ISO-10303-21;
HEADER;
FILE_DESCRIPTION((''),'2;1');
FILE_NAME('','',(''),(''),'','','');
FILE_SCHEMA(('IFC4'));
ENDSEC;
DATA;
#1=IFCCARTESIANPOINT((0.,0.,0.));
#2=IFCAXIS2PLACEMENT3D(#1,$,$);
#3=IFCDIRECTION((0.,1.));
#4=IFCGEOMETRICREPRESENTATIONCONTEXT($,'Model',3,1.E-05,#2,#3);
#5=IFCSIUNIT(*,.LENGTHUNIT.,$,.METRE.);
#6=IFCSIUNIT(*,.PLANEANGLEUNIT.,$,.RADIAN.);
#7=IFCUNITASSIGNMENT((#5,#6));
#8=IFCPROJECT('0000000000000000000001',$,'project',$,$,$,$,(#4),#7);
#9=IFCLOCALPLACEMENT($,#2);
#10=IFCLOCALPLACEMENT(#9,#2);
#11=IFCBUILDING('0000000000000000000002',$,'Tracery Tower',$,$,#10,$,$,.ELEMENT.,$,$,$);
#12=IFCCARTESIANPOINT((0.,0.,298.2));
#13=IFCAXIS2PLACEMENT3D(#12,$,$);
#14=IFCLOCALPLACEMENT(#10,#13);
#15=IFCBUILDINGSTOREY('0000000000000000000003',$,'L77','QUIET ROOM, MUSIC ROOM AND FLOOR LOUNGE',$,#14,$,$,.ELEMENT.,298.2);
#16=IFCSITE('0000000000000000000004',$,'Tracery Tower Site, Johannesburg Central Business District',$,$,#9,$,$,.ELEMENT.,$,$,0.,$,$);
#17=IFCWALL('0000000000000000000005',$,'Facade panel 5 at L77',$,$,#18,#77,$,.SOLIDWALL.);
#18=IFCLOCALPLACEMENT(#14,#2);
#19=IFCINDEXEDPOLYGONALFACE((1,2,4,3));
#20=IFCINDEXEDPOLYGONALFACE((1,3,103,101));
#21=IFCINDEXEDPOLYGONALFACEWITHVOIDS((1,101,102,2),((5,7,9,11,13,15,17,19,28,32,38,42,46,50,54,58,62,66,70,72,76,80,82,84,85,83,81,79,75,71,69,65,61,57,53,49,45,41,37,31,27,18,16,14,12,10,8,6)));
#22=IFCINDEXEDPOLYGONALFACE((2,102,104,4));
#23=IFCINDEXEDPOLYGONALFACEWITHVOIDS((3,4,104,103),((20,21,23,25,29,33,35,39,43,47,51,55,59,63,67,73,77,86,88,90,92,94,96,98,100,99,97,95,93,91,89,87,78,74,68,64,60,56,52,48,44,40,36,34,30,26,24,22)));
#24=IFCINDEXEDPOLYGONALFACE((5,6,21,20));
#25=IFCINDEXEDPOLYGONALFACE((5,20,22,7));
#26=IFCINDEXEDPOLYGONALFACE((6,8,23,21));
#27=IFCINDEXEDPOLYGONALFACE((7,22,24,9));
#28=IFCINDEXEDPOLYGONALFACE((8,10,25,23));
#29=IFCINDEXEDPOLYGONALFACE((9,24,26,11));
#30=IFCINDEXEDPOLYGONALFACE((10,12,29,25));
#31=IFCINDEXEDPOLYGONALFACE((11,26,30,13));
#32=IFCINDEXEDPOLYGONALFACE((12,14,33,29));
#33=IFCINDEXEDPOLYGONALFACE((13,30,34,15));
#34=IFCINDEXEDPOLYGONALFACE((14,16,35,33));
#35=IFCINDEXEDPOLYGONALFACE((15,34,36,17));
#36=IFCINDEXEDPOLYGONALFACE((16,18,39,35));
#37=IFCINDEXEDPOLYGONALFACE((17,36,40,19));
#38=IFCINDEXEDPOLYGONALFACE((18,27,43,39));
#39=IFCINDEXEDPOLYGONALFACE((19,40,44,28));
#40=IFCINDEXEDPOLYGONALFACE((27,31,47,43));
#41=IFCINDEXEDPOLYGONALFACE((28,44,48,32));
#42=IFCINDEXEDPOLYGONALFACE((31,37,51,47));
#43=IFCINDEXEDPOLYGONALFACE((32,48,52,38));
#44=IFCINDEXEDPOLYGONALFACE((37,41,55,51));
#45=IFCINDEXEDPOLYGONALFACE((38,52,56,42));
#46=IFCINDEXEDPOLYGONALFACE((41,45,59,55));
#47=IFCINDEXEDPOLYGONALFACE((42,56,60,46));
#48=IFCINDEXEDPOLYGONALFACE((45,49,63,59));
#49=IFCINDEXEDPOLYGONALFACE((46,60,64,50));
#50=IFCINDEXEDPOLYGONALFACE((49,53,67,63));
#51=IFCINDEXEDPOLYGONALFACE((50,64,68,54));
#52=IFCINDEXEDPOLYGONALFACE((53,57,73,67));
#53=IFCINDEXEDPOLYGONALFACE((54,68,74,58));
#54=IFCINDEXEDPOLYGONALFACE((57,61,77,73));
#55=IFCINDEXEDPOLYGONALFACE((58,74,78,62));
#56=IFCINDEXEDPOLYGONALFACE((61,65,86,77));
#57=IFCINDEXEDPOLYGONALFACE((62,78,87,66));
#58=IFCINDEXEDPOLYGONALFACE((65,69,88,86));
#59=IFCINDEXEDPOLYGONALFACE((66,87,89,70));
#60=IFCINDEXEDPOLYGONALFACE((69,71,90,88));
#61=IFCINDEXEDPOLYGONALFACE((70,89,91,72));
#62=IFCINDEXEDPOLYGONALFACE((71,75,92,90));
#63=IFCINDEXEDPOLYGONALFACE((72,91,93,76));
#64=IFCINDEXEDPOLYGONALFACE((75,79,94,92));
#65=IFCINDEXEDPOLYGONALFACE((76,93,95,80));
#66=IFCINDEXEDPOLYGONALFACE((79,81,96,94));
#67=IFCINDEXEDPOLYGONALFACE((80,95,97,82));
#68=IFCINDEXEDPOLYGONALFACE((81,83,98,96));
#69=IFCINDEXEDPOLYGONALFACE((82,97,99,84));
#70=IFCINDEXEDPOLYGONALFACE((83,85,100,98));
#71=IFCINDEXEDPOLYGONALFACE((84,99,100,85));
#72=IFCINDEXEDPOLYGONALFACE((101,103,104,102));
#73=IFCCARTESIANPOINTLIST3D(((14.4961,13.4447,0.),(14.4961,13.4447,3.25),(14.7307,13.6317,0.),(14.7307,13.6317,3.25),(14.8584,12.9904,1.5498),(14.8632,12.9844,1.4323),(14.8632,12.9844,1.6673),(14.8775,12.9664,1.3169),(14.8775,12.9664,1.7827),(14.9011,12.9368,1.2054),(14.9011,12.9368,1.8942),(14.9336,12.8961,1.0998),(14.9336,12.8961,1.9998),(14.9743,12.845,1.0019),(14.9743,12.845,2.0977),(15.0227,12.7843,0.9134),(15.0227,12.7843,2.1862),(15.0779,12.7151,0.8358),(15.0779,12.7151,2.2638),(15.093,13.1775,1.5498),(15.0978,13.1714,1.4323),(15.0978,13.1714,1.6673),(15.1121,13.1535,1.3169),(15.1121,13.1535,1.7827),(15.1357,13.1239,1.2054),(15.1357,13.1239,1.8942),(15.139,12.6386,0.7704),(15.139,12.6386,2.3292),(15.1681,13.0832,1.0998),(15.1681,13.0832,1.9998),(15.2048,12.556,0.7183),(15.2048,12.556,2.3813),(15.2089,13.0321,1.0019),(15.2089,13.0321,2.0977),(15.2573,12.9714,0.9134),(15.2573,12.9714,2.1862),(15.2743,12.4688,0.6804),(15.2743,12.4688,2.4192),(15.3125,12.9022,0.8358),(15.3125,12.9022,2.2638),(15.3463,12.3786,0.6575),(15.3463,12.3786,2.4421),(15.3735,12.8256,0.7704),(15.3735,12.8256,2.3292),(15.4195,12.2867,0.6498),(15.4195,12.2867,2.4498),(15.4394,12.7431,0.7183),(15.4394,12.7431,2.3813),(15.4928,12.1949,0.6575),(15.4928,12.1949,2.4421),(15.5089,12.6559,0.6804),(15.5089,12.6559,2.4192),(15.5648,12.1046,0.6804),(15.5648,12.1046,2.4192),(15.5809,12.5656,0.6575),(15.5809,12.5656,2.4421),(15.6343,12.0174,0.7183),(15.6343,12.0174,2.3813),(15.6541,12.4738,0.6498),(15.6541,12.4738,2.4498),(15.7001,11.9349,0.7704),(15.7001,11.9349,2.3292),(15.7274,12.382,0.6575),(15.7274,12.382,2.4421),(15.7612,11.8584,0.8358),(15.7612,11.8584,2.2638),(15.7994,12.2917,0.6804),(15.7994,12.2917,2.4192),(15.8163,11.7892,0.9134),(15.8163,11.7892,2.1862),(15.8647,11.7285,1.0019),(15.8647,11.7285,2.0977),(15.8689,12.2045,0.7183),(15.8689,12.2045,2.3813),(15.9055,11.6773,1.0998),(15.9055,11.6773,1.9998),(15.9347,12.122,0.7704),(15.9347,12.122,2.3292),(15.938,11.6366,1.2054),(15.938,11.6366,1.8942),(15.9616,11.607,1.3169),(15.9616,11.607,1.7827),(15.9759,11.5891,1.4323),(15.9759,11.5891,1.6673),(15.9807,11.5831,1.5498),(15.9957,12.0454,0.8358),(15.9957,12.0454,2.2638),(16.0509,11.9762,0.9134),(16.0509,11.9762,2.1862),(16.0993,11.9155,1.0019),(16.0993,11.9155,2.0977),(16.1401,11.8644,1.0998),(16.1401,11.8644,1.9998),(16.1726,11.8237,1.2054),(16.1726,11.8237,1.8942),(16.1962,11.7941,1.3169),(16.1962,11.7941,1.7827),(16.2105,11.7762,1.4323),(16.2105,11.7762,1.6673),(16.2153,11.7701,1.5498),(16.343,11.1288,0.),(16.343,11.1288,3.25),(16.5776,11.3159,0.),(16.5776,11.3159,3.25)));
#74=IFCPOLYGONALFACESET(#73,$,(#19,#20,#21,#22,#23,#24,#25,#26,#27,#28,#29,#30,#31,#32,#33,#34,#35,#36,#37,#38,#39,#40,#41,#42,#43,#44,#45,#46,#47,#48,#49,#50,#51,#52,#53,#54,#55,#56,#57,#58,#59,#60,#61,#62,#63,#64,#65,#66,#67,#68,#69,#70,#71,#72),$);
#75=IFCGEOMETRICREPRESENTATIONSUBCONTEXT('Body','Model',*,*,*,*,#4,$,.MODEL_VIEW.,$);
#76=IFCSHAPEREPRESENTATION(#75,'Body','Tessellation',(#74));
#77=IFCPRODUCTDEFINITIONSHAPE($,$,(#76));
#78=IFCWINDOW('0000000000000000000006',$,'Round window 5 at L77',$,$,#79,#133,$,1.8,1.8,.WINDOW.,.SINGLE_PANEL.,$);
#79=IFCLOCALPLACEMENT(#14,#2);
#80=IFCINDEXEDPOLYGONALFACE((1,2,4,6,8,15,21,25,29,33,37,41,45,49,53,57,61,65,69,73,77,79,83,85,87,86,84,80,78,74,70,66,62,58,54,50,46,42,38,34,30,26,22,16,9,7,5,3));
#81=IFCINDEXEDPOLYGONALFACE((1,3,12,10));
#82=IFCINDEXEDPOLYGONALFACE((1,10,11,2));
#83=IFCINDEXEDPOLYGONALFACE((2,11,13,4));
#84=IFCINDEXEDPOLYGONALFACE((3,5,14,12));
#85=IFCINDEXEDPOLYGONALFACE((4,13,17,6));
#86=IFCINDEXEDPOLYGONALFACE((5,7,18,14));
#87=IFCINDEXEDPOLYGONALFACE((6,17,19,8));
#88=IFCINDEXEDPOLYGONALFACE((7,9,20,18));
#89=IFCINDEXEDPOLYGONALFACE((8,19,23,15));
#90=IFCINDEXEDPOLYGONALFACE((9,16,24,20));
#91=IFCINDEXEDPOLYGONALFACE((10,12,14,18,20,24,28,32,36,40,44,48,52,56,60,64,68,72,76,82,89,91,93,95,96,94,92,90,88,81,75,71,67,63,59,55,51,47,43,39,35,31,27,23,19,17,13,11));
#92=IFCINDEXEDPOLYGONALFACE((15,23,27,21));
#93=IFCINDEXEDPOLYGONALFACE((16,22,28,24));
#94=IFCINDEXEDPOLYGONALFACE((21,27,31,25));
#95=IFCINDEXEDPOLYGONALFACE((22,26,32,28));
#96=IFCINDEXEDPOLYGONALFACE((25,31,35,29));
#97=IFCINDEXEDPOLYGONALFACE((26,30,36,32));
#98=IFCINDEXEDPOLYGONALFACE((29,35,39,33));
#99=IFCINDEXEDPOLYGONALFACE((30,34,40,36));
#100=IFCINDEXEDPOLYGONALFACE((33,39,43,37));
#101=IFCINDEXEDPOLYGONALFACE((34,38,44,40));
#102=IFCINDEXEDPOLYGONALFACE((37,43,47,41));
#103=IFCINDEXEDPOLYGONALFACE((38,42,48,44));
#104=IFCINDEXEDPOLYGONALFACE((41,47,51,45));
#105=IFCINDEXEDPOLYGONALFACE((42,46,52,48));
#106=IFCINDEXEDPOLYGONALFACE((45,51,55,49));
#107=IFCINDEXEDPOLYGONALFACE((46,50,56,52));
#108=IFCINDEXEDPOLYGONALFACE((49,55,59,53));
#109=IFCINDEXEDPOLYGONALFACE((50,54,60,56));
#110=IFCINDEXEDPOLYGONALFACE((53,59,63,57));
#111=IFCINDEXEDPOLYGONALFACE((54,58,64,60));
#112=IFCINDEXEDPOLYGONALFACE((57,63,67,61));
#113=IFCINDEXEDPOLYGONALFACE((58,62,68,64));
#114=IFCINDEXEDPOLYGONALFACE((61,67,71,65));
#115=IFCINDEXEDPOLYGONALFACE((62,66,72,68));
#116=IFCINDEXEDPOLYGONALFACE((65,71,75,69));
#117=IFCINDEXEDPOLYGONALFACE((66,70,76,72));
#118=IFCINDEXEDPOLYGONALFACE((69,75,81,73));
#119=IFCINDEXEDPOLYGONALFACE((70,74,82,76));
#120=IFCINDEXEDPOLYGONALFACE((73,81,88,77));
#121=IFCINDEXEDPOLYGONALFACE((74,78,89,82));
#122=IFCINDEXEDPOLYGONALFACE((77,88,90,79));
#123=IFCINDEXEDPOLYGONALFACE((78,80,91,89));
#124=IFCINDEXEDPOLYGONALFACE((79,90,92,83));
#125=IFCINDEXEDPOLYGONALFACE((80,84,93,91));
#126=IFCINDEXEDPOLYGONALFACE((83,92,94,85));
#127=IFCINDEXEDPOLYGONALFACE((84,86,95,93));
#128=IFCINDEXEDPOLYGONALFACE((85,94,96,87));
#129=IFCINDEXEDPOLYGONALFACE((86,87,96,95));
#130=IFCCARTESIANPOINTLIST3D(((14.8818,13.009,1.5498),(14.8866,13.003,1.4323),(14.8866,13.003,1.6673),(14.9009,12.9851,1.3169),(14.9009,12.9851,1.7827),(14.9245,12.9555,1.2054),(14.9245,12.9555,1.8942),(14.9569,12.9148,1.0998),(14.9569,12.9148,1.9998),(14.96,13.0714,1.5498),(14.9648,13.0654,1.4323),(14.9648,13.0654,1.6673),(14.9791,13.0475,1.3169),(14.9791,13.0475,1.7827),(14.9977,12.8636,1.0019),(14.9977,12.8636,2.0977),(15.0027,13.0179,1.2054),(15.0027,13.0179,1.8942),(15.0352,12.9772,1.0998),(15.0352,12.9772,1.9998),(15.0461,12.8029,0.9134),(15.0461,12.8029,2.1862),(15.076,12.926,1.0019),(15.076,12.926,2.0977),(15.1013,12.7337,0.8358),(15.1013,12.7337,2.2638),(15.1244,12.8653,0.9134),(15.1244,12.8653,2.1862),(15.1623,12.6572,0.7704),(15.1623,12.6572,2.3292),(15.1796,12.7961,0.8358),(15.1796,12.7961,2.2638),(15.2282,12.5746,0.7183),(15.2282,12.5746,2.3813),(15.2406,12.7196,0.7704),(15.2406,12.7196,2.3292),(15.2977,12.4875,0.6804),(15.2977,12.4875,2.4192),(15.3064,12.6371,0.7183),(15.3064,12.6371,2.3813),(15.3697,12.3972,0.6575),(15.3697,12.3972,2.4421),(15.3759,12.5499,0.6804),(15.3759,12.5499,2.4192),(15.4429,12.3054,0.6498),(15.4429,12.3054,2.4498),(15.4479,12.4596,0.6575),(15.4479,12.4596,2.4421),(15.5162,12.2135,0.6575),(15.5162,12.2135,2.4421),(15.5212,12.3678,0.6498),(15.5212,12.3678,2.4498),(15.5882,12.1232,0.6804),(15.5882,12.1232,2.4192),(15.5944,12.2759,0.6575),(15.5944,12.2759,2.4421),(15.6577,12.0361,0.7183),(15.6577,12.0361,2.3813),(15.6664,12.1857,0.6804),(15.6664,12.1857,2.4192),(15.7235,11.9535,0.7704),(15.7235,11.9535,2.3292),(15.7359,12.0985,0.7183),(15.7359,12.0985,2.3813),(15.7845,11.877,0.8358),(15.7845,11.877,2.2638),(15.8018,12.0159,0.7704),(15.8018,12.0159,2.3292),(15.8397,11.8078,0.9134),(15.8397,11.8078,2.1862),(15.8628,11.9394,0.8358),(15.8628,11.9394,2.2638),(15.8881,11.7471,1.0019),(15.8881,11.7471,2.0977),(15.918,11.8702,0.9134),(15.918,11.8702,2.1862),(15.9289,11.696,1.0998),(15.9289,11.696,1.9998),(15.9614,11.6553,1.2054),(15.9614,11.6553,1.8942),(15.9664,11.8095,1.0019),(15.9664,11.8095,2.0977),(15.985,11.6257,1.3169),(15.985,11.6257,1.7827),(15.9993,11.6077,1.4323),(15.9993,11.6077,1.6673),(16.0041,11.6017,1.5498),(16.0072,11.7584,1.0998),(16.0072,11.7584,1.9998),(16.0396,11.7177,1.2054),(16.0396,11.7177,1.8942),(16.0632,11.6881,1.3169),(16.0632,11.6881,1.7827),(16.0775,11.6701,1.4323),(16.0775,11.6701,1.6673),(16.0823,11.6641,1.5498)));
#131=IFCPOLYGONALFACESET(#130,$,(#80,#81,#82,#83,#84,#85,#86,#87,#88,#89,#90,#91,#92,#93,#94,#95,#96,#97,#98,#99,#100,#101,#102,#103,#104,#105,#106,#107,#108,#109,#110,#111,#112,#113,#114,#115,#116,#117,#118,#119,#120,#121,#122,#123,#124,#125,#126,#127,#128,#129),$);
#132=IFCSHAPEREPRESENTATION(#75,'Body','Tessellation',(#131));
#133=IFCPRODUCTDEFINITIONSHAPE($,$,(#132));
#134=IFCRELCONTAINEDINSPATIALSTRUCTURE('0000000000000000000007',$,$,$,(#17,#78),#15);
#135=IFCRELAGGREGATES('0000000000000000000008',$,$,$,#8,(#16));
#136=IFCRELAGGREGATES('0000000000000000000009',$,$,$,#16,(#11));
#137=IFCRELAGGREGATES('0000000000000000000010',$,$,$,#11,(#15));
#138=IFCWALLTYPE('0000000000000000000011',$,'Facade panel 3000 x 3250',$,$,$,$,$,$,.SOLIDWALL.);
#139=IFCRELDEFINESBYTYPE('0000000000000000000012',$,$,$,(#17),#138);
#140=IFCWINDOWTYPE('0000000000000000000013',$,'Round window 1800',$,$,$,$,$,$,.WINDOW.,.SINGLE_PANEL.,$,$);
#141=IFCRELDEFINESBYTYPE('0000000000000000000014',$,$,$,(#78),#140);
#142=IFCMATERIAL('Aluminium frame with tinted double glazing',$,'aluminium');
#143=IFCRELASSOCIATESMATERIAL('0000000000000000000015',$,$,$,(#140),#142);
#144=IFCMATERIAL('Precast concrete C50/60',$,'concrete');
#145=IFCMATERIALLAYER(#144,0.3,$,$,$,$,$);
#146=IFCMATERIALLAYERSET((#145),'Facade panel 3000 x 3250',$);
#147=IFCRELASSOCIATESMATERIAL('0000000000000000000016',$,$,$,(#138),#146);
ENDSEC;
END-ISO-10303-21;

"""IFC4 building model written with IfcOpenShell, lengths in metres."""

from ifc_helpers import new_model, si_unit, direction, frame, frame_2d, origin, origin_2d, place, context, subcontext, project, spatial, rectangle, circle, extrude, material, layer, layer_set, type_object, element, fill, save


model = new_model("IFC4")

# Units and contexts
model_context = context("Model", 3, precision=1e-05, world=origin(), true_north=direction((0.0, 1.0)))
body_context = subcontext(model_context, "Body", "Model", "MODEL_VIEW")
ifc_project = project(units=[si_unit("LENGTHUNIT", "METRE"), si_unit("PLANEANGLEUNIT", "RADIAN")], contexts=[model_context])

# Site, building, storey
site_placement = place(None, origin())
site = spatial("IfcSite", under=ifc_project, at=site_placement, Name="Tracery Tower Site, Johannesburg Central Business District", CompositionType="ELEMENT", RefElevation=0.0)
building_placement = place(site_placement, origin())
building = spatial("IfcBuilding", under=site, at=building_placement, Name="Tracery Tower", CompositionType="ELEMENT")
storey_placement = place(building_placement, frame((0.0, 0.0, 298.2)))
storey = spatial("IfcBuildingStorey", under=building, at=storey_placement, Name="L77", Description="QUIET ROOM, MUSIC ROOM AND FLOOR LOUNGE", CompositionType="ELEMENT", Elevation=298.2)

# Wall, opening, window
ifc_material_1 = material(Name="Aluminium frame with tinted double glazing", Category="aluminium")
window_type = type_object("IfcWindowType", Name="Round window 1800", PartitioningType="SINGLE_PANEL", PredefinedType="WINDOW", material=ifc_material_1)
ifc_material_2 = material(Name="Precast concrete C50/60", Category="concrete")
ifc_layer_1 = layer(ifc_material_2, 0.3)
ifc_layer_set_1 = layer_set([ifc_layer_1], Name="Facade panel 3000 x 3250")
wall_type_1 = type_object("IfcWallType", Name="Facade panel 3000 x 3250", PredefinedType="SOLIDWALL", material=ifc_layer_set_1)
wall_1_placement = place(storey_placement, frame((16.4602, 11.2224, 0.0), z_axis=(0.0, 0.0, 1.0), x_axis=(-0.623498, 0.781825, 0.0)))
wall_1 = element("IfcWall", 1, at=wall_1_placement, inside=storey, type_object=wall_type_1, Name="Facade panel 5 at L77", PredefinedType="SOLIDWALL", context=body_context, shape_type="SweptSolid", body=[
    extrude(rectangle(XDim=2.9622, YDim=0.3, at=frame_2d((1.481, 0.0))), origin(), (0.0, 0.0, 1.0), 3.25),
])
opening_1_placement = place(wall_1_placement, frame((1.481, 0.0, 1.5498)))
opening_1 = element("IfcOpeningElement", 2, at=opening_1_placement, cuts=wall_1, PredefinedType="OPENING", context=body_context, shape_type="SweptSolid", body=[
    extrude(circle(Radius=0.9, at=origin_2d()), frame((0.0, 0.1599, 0.0), z_axis=(0.0, -1.0, 0.0), x_axis=(1.0, 0.0, 0.0)), (0.0, 0.0, 1.0), 0.3201),
])
window_1_placement = place(opening_1_placement, origin())
window_1 = element("IfcWindow", 3, at=window_1_placement, inside=storey, type_object=window_type, Name="Round window 5 at L77", OverallHeight=1.8, OverallWidth=1.8, PartitioningType="SINGLE_PANEL", PredefinedType="WINDOW", context=body_context, shape_type="SweptSolid", body=[
    extrude(circle(Radius=0.9, at=origin_2d()), frame((0.0, 0.1201, 0.0), z_axis=(0.0, -1.0, 0.0), x_axis=(1.0, 0.0, 0.0)), (0.0, 0.0, 1.0), 0.1001),
])
fill(opening_1, window_1)

save(model, "model.ifc")
